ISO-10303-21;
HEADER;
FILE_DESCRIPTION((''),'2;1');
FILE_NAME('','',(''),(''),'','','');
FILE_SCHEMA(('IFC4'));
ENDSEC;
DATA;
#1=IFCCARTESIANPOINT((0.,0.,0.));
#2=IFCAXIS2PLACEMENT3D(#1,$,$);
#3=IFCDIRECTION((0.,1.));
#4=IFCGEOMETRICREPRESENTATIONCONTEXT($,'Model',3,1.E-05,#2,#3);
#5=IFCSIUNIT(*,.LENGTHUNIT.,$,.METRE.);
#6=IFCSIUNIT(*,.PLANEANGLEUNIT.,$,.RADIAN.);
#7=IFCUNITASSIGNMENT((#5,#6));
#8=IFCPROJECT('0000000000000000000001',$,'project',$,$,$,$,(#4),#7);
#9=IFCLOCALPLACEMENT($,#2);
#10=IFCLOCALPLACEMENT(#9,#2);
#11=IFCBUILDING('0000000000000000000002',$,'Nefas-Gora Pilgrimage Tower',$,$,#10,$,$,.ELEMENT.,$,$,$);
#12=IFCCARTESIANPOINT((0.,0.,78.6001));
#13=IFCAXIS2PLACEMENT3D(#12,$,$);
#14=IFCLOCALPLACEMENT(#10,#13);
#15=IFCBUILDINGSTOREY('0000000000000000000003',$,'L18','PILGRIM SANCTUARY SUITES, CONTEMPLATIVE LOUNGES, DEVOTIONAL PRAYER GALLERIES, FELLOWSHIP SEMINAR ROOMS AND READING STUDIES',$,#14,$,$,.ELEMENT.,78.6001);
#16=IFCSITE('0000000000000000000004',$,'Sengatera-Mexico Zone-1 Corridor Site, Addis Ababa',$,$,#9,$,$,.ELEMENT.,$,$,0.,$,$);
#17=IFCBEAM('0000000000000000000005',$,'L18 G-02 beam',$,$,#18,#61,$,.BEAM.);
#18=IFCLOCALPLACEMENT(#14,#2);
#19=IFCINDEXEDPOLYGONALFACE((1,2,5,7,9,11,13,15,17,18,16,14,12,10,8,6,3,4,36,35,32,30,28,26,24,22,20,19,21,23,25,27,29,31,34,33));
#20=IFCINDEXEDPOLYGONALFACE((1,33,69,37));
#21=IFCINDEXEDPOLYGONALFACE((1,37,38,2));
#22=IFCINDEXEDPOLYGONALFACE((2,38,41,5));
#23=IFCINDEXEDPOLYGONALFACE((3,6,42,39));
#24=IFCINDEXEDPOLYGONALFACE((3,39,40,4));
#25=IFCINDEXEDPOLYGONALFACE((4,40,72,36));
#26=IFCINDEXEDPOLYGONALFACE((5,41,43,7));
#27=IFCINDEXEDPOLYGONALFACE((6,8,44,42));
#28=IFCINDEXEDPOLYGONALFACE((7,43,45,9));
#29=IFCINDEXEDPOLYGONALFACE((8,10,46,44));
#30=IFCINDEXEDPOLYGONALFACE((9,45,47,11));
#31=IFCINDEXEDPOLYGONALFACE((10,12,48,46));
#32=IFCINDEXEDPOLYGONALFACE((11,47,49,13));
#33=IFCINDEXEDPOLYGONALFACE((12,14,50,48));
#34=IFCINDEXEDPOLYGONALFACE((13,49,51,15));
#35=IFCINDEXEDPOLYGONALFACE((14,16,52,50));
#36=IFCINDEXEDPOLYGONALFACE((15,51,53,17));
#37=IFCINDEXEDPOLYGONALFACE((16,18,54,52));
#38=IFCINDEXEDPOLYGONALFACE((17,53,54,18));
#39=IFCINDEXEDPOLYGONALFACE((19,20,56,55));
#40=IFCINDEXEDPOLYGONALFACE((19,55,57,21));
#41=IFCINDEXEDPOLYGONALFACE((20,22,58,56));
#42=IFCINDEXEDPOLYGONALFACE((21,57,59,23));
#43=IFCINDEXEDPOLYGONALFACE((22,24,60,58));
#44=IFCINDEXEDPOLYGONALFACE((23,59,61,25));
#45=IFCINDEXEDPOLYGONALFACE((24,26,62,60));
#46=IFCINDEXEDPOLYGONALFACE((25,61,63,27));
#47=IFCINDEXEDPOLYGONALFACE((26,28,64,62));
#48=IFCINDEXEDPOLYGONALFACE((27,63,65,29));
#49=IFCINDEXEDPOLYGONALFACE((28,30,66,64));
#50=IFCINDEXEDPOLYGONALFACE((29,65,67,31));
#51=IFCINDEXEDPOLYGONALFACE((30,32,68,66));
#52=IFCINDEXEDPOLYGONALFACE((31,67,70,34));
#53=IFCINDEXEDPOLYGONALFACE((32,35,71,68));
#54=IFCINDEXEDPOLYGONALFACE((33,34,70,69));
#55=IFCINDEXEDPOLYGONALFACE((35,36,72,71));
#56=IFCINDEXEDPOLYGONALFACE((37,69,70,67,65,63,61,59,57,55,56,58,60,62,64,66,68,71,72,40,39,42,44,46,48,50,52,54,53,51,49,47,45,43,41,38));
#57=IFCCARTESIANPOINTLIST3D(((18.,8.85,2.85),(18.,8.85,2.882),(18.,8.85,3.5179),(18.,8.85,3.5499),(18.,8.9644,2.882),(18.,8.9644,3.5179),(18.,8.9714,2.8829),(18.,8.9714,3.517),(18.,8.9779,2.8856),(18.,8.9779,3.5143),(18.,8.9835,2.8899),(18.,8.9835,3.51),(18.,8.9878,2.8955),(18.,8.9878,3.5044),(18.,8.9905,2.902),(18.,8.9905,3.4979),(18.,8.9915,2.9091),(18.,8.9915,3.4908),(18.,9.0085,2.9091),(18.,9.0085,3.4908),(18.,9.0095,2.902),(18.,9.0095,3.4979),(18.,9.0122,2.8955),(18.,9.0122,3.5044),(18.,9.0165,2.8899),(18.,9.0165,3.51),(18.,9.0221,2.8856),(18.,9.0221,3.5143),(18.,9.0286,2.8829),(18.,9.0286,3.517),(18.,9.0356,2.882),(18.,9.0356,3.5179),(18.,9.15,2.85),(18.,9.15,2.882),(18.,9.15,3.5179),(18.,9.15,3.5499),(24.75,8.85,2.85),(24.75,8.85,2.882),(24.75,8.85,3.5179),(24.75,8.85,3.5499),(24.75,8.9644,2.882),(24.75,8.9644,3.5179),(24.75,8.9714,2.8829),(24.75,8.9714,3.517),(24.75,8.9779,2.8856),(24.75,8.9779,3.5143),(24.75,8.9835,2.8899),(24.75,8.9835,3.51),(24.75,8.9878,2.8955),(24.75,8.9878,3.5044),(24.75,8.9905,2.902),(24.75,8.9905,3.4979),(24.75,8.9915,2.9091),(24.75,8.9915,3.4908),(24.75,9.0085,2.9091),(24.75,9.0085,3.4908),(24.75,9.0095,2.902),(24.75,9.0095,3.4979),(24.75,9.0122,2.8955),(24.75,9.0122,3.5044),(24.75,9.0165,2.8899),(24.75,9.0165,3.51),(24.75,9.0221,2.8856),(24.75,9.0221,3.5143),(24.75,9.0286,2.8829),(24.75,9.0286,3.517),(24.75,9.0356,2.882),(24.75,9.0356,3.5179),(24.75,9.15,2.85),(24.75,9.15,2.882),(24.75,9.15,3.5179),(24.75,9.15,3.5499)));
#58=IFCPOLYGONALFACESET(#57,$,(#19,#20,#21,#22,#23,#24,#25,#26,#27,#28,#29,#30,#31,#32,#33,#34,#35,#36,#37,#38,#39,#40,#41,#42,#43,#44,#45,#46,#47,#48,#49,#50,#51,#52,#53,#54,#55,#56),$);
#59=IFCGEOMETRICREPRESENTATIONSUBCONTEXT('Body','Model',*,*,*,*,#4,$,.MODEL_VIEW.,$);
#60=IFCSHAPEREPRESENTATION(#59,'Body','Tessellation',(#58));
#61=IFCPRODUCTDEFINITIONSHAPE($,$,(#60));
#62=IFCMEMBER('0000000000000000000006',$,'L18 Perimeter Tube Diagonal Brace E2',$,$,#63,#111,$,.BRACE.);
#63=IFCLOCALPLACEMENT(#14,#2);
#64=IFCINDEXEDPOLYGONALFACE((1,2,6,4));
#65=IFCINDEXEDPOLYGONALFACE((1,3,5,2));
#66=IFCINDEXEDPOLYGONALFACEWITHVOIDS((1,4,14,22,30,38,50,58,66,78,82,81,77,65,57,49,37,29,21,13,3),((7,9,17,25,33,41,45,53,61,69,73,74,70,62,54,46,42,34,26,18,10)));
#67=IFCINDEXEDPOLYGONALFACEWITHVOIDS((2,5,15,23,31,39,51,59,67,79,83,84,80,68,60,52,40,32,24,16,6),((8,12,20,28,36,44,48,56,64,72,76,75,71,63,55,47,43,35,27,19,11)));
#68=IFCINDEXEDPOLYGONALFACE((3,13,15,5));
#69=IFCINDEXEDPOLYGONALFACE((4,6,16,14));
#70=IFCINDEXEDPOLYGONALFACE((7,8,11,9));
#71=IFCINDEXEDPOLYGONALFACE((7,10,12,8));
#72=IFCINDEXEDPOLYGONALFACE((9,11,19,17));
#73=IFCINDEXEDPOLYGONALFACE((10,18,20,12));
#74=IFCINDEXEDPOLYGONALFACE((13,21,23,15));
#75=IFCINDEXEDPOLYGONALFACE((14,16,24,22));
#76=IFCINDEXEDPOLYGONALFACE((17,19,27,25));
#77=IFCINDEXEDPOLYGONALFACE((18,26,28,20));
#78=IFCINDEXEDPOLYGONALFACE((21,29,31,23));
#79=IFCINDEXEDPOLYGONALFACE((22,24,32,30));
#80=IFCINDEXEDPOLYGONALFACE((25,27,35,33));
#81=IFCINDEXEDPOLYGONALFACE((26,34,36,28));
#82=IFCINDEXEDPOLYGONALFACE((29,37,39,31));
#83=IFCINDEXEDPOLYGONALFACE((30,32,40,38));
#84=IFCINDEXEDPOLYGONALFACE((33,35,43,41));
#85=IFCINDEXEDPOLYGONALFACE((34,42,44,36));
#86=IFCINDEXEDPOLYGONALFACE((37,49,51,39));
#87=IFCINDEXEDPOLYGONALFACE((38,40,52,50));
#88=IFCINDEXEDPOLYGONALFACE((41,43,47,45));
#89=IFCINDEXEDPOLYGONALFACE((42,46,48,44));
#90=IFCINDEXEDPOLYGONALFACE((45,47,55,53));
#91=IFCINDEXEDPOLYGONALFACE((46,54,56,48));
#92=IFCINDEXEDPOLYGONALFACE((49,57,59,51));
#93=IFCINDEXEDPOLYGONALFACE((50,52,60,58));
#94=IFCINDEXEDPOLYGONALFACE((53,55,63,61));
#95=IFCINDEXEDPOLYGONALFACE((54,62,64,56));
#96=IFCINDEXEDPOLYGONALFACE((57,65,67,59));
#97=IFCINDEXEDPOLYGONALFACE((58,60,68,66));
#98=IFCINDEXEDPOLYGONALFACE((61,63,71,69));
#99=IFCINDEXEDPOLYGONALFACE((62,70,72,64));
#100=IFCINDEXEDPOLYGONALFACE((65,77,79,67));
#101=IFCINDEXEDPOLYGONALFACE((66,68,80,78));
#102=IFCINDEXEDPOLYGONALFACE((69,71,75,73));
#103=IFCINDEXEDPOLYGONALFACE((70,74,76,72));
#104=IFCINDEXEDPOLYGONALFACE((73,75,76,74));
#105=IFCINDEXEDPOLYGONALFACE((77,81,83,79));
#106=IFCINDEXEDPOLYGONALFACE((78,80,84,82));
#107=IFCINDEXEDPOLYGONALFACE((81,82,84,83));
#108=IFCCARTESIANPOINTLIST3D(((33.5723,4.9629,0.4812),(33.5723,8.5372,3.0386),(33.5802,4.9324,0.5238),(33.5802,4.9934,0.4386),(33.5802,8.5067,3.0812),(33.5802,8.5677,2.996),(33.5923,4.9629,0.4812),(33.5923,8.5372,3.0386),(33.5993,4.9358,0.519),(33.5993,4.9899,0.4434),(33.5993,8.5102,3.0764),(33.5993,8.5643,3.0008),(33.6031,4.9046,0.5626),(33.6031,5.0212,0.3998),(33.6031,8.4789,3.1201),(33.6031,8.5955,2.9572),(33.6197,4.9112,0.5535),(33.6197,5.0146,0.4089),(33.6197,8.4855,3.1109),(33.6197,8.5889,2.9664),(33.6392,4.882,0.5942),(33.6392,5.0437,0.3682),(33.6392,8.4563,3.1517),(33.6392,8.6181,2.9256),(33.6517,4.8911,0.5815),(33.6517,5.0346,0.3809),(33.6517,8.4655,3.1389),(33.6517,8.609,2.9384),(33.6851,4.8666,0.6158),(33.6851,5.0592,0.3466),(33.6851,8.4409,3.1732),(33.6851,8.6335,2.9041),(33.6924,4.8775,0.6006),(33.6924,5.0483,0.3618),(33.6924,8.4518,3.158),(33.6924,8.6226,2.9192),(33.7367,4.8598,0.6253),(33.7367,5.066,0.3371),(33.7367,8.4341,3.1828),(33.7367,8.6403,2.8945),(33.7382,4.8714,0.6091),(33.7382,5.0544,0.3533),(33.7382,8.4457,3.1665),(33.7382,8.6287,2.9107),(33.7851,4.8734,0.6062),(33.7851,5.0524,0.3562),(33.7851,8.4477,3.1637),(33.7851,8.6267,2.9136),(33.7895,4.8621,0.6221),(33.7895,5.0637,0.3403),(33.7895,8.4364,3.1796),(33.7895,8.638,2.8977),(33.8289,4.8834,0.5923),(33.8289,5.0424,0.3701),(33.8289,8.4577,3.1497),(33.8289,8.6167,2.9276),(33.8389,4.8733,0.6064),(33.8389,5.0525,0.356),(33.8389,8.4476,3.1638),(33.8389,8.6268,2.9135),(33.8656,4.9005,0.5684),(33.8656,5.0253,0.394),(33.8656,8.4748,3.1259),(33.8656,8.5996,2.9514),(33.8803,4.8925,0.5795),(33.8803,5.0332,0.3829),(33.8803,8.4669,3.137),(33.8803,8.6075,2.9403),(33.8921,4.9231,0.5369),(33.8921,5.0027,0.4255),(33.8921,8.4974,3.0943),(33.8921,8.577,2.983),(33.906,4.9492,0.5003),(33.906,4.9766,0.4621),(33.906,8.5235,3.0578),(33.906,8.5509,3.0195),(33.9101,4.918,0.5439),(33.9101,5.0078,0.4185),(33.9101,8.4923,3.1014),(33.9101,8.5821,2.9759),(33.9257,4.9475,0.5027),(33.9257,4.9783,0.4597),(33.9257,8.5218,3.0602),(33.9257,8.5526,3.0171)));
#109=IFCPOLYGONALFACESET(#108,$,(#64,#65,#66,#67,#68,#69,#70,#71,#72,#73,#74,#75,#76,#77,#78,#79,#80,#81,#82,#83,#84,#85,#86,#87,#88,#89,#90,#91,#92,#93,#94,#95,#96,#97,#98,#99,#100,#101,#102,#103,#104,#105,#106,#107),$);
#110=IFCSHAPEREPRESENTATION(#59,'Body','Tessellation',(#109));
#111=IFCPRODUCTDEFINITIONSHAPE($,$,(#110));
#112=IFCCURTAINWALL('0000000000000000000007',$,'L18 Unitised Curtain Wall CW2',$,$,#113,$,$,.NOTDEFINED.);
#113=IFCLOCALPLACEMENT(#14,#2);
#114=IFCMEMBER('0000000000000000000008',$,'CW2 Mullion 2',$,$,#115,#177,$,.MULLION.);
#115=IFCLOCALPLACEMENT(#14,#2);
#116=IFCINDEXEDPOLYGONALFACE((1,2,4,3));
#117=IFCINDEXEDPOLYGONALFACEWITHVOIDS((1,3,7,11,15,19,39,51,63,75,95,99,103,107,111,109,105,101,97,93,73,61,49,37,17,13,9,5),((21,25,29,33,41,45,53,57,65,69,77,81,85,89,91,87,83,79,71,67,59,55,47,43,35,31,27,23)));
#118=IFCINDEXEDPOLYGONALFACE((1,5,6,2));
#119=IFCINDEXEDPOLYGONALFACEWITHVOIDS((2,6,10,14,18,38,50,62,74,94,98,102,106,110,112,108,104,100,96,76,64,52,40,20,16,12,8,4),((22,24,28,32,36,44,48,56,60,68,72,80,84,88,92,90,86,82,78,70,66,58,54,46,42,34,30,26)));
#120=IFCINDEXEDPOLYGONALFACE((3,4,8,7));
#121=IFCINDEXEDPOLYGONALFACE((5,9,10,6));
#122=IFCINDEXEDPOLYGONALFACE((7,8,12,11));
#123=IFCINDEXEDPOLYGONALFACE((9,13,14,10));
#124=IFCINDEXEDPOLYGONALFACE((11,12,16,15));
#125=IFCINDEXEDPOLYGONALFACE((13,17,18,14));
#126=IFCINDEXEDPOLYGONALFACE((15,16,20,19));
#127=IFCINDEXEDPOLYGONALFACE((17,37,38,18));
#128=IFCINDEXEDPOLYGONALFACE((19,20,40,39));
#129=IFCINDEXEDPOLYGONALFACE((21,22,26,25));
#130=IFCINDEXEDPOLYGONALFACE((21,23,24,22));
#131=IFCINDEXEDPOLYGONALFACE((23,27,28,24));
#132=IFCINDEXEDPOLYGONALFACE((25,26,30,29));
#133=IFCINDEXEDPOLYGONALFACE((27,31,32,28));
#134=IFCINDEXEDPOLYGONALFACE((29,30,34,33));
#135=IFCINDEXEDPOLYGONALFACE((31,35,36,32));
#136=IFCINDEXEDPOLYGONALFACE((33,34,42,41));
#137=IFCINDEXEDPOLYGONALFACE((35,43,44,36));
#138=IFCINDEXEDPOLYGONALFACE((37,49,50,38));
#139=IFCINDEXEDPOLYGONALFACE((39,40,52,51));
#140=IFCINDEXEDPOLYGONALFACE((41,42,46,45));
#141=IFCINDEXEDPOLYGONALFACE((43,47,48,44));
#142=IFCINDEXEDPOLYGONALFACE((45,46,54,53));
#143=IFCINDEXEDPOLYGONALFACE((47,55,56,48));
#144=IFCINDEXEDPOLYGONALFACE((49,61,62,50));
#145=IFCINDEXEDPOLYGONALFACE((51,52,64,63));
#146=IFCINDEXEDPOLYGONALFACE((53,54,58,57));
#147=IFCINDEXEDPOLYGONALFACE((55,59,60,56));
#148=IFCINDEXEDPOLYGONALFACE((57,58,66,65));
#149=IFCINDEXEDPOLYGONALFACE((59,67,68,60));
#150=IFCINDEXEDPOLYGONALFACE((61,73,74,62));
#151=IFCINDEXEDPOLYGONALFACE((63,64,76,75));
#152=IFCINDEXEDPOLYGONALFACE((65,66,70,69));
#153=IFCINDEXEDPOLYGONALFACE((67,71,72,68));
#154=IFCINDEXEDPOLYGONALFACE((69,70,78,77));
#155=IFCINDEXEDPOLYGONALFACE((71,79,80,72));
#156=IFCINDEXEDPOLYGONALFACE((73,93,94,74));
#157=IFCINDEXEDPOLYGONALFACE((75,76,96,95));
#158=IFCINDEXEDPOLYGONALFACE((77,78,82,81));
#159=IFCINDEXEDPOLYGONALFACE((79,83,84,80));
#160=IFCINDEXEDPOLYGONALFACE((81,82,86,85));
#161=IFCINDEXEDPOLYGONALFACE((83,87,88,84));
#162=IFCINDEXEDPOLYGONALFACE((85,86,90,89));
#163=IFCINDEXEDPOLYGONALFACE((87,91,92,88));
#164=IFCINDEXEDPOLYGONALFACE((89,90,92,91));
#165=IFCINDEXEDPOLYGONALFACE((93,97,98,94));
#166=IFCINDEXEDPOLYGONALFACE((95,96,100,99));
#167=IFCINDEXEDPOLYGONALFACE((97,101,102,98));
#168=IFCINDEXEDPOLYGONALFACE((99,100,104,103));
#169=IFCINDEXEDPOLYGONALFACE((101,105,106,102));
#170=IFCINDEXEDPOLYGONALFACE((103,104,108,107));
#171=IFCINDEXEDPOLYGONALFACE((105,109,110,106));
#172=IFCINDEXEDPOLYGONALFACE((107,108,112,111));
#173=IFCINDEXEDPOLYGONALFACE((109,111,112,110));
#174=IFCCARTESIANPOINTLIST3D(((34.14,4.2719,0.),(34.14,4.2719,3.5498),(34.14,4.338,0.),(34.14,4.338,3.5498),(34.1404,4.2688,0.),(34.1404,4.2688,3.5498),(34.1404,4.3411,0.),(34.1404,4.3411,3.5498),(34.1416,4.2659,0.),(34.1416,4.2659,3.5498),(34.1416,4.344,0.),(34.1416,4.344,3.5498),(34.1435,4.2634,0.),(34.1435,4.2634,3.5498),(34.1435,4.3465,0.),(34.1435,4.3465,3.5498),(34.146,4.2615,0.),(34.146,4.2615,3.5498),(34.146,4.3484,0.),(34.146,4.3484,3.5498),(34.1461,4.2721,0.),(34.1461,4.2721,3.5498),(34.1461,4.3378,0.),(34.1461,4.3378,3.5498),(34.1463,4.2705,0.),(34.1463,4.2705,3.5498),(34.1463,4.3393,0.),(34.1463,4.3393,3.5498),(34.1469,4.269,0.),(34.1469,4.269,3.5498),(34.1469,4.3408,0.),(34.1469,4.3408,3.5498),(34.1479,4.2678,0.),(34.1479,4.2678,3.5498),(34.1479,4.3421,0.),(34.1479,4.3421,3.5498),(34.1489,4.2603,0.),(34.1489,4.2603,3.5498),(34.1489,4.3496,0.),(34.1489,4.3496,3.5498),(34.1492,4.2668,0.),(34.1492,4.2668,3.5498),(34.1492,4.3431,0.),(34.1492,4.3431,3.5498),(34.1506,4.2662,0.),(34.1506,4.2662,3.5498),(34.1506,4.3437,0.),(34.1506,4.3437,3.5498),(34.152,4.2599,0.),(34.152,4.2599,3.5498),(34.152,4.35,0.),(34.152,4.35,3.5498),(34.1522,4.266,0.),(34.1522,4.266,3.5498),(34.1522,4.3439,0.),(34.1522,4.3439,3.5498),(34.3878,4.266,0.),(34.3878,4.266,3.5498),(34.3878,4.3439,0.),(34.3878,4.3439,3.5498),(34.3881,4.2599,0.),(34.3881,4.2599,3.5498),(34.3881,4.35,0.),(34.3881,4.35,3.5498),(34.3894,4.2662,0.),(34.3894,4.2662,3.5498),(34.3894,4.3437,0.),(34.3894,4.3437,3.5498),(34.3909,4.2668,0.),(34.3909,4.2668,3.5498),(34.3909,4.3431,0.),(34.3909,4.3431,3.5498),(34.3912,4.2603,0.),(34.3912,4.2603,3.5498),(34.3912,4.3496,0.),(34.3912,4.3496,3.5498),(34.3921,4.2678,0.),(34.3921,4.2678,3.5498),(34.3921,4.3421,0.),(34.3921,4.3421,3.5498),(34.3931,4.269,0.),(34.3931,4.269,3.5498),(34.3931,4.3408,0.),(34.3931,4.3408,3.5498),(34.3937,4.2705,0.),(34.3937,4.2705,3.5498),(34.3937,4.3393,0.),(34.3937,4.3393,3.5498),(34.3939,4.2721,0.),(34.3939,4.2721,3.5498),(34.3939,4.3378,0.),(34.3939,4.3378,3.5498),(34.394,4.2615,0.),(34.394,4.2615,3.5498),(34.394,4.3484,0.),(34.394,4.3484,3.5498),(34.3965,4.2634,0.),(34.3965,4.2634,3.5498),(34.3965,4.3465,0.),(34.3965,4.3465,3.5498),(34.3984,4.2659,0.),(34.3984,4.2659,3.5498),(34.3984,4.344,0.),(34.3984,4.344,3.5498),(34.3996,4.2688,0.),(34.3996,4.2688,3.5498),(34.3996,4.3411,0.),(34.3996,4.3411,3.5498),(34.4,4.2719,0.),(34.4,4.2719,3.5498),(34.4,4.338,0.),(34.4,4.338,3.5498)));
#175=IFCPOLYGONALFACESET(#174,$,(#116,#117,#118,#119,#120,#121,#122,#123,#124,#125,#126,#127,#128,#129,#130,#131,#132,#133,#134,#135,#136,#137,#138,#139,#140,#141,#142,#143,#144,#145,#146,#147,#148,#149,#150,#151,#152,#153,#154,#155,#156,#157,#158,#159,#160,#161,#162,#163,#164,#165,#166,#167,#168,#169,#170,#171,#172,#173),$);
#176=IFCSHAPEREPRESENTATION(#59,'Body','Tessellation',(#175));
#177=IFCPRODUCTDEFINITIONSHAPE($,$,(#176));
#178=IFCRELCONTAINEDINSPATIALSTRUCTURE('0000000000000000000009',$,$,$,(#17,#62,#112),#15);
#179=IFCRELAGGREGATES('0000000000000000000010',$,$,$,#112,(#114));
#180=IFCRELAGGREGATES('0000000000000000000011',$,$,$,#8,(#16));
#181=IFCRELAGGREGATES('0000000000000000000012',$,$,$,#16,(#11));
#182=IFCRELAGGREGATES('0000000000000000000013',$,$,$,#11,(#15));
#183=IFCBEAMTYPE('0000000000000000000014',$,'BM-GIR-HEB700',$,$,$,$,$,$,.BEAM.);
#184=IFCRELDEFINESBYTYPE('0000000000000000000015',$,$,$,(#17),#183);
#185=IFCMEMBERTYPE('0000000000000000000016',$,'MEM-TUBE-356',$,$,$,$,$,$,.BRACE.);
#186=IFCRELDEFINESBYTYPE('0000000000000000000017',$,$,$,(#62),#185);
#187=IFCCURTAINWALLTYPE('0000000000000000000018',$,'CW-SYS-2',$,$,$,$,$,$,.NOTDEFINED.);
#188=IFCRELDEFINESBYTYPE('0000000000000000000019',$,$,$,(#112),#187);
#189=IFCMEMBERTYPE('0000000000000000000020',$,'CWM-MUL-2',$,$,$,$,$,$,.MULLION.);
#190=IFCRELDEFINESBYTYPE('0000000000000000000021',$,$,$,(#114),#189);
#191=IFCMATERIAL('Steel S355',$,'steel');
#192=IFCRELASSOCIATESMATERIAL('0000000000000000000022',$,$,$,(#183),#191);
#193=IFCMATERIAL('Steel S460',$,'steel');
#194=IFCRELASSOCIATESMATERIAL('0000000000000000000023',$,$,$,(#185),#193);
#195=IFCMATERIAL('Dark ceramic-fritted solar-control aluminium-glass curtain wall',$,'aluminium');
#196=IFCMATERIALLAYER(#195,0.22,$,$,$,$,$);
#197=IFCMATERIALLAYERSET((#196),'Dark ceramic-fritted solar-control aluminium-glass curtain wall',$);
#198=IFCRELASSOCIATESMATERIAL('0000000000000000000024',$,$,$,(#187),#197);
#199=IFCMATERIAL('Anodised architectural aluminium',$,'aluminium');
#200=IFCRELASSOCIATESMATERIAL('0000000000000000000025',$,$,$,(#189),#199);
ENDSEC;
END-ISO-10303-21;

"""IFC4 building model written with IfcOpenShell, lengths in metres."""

from ifc_helpers import new_model, si_unit, direction, frame, origin, origin_2d, place, context, subcontext, project, spatial, hollow_rectangle, hollow_circle, i_section, extrude, source, transform, mapped, material, layer, layer_set, material_profile, profile_set, type_object, element, aggregate, save


model = new_model("IFC4")

# Units and contexts
model_context = context("Model", 3, precision=1e-05, world=origin(), true_north=direction((0.0, 1.0)))
body_context = subcontext(model_context, "Body", "Model", "MODEL_VIEW")
ifc_project = project(units=[si_unit("LENGTHUNIT", "METRE"), si_unit("PLANEANGLEUNIT", "RADIAN")], contexts=[model_context])

# Site, building, storey
site_placement = place(None, origin())
site = spatial("IfcSite", under=ifc_project, at=site_placement, Name="Sengatera-Mexico Zone-1 Corridor Site, Addis Ababa", CompositionType="ELEMENT", RefElevation=0.0)
building_placement = place(site_placement, origin())
building = spatial("IfcBuilding", under=site, at=building_placement, Name="Nefas-Gora Pilgrimage Tower", CompositionType="ELEMENT")
storey_placement = place(building_placement, frame((0.0, 0.0, 78.6001)))
storey = spatial("IfcBuildingStorey", under=building, at=storey_placement, Name="L18", Description="PILGRIM SANCTUARY SUITES, CONTEMPLATIVE LOUNGES, DEVOTIONAL PRAYER GALLERIES, FELLOWSHIP SEMINAR ROOMS AND READING STUDIES", CompositionType="ELEMENT", Elevation=78.6001)

# Shared definitions
ifc_material_1 = material(Name="Steel S460", Category="steel")

# Beam
ifc_material_2 = material(Name="Steel S355", Category="steel")
ifc_material_profile_1 = material_profile(ifc_material_2, i_section(OverallWidth=0.3, OverallDepth=0.7, WebThickness=0.0171, FlangeThickness=0.032, FilletRadius=0.0271, at=origin_2d()), Name="HEB 700")
ifc_profile_set_1 = profile_set([ifc_material_profile_1], Name="Steel S355")
beam_type_1 = type_object("IfcBeamType", Name="BM-GIR-HEB700", PredefinedType="BEAM", material=ifc_profile_set_1)
shared_shape_1 = source(origin(), body_context, "Body", "SweptSolid", [
    extrude(i_section(OverallWidth=0.3, OverallDepth=0.7, WebThickness=0.0171, FlangeThickness=0.032, FilletRadius=0.0271, at=origin_2d()), origin(), (0.0, 0.0, 1.0), 6.75),
])
for number, where, z_axis, x_axis, name in (
    (1, (18.0, 9.0, 3.2), (1.0, 0.0, 0.0), (0.0, 1.0, 0.0), "L18 G-02 beam"),
):
    element("IfcBeam", number, at=place(storey_placement, frame(where, z_axis=z_axis, x_axis=x_axis)), inside=storey, type_object=beam_type_1, Name=name, PredefinedType="BEAM", context=body_context, shape_type="MappedRepresentation", body=[
        mapped(shared_shape_1, transform((0.0, 0.0, 0.0), x_axis=(1.0, 0.0, 0.0), y_axis=(0.0, 1.0, 0.0), z_axis=(0.0, 0.0, 1.0), scale=1.0)),
    ])

# Member
ifc_material_profile_2 = material_profile(ifc_material_1, hollow_circle(Radius=0.1777, WallThickness=0.02, at=origin_2d()), Name="CHS 355.6x20")
ifc_profile_set_2 = profile_set([ifc_material_profile_2], Name="Steel S460")
member_type_1 = type_object("IfcMemberType", Name="MEM-TUBE-356", PredefinedType="BRACE", material=ifc_profile_set_2)
shared_shape_2 = source(origin(), body_context, "Body", "SweptSolid", [
    extrude(hollow_circle(Radius=0.1777, WallThickness=0.02, at=origin_2d()), origin(), (0.0, 0.0, 1.0), 4.395),
])
member_1_placement = place(storey_placement, frame((33.75, 4.9629, 0.4812), z_axis=(0.0, 0.813264, 0.581895), x_axis=(-1.0, 0.0, 0.0)))
element("IfcMember", 2, at=member_1_placement, inside=storey, type_object=member_type_1, Name="L18 Perimeter Tube Diagonal Brace E2", PredefinedType="BRACE", context=body_context, shape_type="MappedRepresentation", body=[
    mapped(shared_shape_2, transform((0.0, 0.0, 0.0), x_axis=(1.0, 0.0, 0.0), y_axis=(0.0, 1.0, 0.0), z_axis=(0.0, 0.0, 1.0), scale=1.0)),
])

# Curtain wall, member
ifc_material_3 = material(Name="Dark ceramic-fritted solar-control aluminium-glass curtain wall", Category="aluminium")
ifc_layer_1 = layer(ifc_material_3, 0.22)
ifc_layer_set_1 = layer_set([ifc_layer_1], Name="Dark ceramic-fritted solar-control aluminium-glass curtain wall")
curtain_wall_type = type_object("IfcCurtainWallType", Name="CW-SYS-2", PredefinedType="NOTDEFINED", material=ifc_layer_set_1)
curtain_wall_placement = place(storey_placement, origin())
curtain_wall = element("IfcCurtainWall", 3, at=curtain_wall_placement, inside=storey, type_object=curtain_wall_type, Name="L18 Unitised Curtain Wall CW2", PredefinedType="NOTDEFINED")
ifc_material_4 = material(Name="Anodised architectural aluminium", Category="aluminium")
ifc_material_profile_3 = material_profile(ifc_material_4, hollow_rectangle(XDim=0.0901, YDim=0.26, WallThickness=0.0061, InnerFilletRadius=0.0061, OuterFilletRadius=0.012, at=origin_2d()), Name="ALU MULLION 90x260")
ifc_profile_set_3 = profile_set([ifc_material_profile_3], Name="Anodised architectural aluminium")
member_type_2 = type_object("IfcMemberType", Name="CWM-MUL-2", PredefinedType="MULLION", material=ifc_profile_set_3)
shared_shape_3 = source(origin(), body_context, "Body", "SweptSolid", [
    extrude(hollow_rectangle(XDim=0.0901, YDim=0.26, WallThickness=0.0061, InnerFilletRadius=0.0061, OuterFilletRadius=0.012, at=origin_2d()), origin(), (0.0, 0.0, 1.0), 3.5498),
])
member_2_placement = place(storey_placement, frame((34.27, 4.3049, 0.0), z_axis=(0.0, 0.0, 1.0), x_axis=(0.0, 1.0, 0.0)))
member_2 = element("IfcMember", 4, at=member_2_placement, type_object=member_type_2, Name="CW2 Mullion 2", PredefinedType="MULLION", context=body_context, shape_type="MappedRepresentation", body=[
    mapped(shared_shape_3, transform((0.0, 0.0, 0.0), x_axis=(1.0, 0.0, 0.0), y_axis=(0.0, 1.0, 0.0), z_axis=(0.0, 0.0, 1.0), scale=1.0)),
])

aggregate(curtain_wall, [member_2])

save(model, "model.ifc")
